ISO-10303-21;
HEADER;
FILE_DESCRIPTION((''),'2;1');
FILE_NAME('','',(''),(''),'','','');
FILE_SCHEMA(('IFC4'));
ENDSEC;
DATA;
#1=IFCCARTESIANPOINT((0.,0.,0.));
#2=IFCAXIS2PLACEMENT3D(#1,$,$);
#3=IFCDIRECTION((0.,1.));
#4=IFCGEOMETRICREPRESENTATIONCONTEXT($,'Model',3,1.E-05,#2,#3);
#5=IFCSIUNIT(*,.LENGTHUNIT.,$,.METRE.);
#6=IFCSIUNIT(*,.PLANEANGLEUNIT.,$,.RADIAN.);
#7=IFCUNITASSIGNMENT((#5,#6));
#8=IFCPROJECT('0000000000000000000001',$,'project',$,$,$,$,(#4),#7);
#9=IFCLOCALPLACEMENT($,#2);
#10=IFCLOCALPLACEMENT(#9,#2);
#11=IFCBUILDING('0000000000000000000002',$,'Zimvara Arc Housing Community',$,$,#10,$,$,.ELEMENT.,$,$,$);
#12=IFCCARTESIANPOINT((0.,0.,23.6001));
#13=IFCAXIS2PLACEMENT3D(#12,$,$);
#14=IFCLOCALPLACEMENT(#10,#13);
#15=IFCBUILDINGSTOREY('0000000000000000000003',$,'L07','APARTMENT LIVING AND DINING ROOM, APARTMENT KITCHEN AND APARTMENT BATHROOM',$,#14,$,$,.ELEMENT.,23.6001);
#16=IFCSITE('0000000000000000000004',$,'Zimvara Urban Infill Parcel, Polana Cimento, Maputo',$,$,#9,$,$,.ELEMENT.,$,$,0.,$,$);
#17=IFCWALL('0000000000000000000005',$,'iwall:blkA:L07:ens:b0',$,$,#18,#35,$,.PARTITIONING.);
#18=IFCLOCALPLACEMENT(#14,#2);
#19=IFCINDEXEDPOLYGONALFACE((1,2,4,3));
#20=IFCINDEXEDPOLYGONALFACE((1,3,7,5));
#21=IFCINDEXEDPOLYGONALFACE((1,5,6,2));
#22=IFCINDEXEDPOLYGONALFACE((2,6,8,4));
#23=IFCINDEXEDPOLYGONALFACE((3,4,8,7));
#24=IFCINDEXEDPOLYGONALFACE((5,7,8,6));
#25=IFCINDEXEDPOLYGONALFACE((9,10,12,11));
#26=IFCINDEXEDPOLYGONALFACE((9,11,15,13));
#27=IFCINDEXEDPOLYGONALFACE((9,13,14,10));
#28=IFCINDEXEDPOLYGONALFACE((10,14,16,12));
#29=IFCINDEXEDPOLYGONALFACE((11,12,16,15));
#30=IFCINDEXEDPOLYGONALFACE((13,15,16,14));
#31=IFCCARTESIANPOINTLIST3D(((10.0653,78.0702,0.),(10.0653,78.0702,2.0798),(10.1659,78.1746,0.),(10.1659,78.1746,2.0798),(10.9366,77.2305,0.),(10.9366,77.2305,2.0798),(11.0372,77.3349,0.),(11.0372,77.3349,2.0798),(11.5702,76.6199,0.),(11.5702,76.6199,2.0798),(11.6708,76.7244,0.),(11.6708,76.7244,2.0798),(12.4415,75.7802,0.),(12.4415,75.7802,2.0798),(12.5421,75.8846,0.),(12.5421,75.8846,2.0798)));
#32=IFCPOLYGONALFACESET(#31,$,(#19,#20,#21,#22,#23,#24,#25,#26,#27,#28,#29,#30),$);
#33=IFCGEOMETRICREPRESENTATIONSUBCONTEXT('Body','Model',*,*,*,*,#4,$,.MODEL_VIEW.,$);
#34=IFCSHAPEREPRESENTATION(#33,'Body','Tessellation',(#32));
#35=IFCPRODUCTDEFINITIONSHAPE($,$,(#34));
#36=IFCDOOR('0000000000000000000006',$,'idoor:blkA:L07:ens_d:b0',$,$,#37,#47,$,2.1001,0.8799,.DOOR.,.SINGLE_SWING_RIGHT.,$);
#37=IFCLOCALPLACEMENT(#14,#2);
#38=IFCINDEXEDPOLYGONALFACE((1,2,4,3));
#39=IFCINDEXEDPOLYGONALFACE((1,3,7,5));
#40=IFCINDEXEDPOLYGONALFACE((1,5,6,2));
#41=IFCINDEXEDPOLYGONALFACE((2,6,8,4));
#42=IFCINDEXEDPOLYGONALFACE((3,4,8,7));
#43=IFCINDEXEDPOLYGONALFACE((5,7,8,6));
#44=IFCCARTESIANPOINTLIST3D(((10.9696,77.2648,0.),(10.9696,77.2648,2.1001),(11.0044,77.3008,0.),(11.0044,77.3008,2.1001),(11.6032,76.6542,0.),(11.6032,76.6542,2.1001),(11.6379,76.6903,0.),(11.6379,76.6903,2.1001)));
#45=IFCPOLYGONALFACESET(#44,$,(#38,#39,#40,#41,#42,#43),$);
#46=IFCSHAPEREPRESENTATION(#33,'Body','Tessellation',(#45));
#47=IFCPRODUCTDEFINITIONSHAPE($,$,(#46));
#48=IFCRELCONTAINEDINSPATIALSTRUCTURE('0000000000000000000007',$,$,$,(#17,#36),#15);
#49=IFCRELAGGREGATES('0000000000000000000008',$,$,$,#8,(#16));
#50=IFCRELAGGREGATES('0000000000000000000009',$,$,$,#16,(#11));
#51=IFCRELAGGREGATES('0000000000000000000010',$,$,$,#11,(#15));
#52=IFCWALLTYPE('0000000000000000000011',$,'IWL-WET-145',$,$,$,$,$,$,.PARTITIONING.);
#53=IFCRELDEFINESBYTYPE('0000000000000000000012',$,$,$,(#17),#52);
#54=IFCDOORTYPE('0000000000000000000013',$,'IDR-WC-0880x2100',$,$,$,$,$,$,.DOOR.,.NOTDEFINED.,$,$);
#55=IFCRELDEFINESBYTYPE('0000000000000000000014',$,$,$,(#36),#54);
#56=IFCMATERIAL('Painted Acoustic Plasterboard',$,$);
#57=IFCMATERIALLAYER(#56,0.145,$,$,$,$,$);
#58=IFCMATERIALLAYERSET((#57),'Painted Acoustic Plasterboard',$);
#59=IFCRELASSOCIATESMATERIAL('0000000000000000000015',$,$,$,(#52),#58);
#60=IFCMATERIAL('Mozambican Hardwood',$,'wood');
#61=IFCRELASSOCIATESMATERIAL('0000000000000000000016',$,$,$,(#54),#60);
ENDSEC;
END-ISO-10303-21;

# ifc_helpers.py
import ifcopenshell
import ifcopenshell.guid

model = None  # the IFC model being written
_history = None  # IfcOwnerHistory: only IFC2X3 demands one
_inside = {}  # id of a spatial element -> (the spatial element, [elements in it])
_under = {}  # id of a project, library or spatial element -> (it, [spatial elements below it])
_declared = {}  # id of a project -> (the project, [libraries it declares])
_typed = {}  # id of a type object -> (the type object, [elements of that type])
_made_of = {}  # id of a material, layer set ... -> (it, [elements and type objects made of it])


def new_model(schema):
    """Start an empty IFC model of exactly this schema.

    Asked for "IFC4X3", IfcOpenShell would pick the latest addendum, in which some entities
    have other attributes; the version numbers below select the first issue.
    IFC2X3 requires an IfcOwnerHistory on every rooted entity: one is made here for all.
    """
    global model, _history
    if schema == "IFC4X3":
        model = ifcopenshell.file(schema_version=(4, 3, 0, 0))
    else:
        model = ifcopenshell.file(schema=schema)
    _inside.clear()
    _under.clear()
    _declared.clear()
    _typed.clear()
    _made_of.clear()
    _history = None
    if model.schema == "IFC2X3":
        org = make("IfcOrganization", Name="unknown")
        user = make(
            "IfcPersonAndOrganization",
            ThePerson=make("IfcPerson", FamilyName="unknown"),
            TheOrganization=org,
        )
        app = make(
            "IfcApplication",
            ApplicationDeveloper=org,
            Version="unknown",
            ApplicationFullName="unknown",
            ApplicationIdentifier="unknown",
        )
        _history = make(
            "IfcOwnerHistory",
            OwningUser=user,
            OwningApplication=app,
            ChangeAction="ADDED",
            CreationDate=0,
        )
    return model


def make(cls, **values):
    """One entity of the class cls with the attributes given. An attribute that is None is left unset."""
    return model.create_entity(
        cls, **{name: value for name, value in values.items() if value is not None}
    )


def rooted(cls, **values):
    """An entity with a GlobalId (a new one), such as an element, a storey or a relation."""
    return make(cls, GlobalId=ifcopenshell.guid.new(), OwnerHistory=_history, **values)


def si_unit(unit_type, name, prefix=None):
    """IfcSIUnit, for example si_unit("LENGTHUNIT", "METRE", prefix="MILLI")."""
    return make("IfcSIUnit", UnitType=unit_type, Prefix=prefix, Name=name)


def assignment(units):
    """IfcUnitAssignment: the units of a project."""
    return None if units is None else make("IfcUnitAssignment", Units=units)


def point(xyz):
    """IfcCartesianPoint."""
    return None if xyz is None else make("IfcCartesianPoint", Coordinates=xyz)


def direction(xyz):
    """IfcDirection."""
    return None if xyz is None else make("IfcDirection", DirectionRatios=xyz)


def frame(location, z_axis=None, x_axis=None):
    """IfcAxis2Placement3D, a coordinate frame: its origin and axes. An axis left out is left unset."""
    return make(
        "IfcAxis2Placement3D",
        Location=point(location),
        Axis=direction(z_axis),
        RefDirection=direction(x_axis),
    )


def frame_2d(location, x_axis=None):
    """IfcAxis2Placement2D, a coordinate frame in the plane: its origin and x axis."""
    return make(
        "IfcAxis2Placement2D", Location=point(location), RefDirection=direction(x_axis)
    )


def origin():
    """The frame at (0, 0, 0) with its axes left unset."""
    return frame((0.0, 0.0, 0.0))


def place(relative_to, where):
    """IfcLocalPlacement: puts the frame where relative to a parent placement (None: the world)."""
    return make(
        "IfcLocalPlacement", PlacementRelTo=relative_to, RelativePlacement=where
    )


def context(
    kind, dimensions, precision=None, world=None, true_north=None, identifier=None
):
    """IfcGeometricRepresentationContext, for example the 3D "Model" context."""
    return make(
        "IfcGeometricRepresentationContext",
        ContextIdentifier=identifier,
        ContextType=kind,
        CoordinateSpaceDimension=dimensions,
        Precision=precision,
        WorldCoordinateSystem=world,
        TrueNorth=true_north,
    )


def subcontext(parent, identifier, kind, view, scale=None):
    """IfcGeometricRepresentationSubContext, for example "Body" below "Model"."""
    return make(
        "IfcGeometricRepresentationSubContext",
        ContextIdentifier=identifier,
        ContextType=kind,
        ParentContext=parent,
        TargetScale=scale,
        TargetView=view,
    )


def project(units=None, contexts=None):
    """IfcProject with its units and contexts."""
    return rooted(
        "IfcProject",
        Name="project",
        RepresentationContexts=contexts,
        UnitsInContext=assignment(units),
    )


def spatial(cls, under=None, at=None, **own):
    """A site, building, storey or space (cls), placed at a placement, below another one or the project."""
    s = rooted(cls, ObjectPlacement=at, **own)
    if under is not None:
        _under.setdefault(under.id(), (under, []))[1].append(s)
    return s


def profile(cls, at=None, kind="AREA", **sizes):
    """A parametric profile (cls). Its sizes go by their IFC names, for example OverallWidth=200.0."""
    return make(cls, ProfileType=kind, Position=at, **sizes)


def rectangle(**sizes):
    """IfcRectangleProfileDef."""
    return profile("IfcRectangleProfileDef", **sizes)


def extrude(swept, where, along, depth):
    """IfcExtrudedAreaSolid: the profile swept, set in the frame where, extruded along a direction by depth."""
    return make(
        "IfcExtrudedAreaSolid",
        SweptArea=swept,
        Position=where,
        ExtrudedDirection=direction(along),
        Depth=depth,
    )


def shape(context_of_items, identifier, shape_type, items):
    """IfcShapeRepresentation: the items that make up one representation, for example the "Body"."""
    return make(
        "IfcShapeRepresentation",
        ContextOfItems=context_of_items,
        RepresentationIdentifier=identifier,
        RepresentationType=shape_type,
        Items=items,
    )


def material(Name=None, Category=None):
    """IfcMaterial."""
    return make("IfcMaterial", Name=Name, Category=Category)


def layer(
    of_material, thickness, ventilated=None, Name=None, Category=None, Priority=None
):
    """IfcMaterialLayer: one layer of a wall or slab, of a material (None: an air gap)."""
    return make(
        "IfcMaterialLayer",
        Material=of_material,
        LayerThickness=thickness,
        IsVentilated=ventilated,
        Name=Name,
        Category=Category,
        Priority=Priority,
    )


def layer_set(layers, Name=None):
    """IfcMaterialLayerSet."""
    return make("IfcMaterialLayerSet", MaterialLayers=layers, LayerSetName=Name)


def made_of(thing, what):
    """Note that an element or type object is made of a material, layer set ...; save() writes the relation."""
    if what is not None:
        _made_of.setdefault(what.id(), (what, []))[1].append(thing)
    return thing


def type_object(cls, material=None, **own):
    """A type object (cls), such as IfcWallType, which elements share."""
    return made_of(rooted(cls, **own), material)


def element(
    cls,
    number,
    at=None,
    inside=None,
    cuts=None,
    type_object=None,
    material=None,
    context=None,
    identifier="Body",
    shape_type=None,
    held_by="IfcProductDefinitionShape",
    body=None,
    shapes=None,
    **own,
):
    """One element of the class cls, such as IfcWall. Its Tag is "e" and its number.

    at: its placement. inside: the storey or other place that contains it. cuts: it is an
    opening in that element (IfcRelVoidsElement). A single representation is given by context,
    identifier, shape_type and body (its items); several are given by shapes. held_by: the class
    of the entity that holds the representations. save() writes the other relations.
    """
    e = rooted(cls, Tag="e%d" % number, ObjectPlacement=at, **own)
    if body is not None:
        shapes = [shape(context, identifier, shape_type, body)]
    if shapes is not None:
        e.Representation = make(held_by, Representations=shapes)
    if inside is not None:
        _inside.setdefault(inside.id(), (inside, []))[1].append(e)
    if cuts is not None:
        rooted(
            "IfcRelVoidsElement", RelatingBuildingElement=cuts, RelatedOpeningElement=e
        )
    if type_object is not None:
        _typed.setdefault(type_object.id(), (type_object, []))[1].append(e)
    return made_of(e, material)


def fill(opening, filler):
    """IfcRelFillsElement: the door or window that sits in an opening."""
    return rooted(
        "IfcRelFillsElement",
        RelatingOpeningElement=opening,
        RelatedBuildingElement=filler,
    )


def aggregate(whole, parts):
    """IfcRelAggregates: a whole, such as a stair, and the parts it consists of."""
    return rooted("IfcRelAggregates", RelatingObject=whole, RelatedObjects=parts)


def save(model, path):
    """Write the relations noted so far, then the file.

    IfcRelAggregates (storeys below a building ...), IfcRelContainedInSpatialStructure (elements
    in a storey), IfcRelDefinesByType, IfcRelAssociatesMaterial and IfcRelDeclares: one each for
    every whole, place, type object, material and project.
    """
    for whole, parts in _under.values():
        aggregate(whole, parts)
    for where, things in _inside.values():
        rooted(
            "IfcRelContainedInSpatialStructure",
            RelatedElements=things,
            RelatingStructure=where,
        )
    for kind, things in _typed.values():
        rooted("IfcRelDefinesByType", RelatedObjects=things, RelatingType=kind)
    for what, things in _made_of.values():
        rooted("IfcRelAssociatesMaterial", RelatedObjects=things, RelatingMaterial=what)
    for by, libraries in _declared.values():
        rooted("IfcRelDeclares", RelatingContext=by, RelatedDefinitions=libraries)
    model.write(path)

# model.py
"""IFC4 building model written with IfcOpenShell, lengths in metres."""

from ifc_helpers import new_model, si_unit, direction, frame, frame_2d, origin, place, context, subcontext, project, spatial, rectangle, extrude, material, layer, layer_set, type_object, element, fill, save


model = new_model("IFC4")

# Units and contexts
model_context = context("Model", 3, precision=1e-05, world=origin(), true_north=direction((0.0, 1.0)))
body_context = subcontext(model_context, "Body", "Model", "MODEL_VIEW")
ifc_project = project(units=[si_unit("LENGTHUNIT", "METRE"), si_unit("PLANEANGLEUNIT", "RADIAN")], contexts=[model_context])

# Site, building, storey
site_placement = place(None, origin())
site = spatial("IfcSite", under=ifc_project, at=site_placement, Name="Zimvara Urban Infill Parcel, Polana Cimento, Maputo", CompositionType="ELEMENT", RefElevation=0.0)
building_placement = place(site_placement, origin())
building = spatial("IfcBuilding", under=site, at=building_placement, Name="Zimvara Arc Housing Community", CompositionType="ELEMENT")
storey_placement = place(building_placement, frame((0.0, 0.0, 23.6001)))
storey = spatial("IfcBuildingStorey", under=building, at=storey_placement, Name="L07", Description="APARTMENT LIVING AND DINING ROOM, APARTMENT KITCHEN AND APARTMENT BATHROOM", CompositionType="ELEMENT", Elevation=23.6001)

# Wall, opening, door
ifc_material_1 = material(Name="Painted Acoustic Plasterboard")
ifc_layer_1 = layer(ifc_material_1, 0.145)
ifc_layer_set_1 = layer_set([ifc_layer_1], Name="Painted Acoustic Plasterboard")
wall_type_1 = type_object("IfcWallType", Name="IWL-WET-145", PredefinedType="PARTITIONING", material=ifc_layer_set_1)
wall_1_placement = place(storey_placement, frame((12.4917, 75.8325, 0.0), z_axis=(0.0, 0.0, 1.0), x_axis=(-0.720044, 0.693929, 0.0)))
wall_1 = element("IfcWall", 1, at=wall_1_placement, inside=storey, type_object=wall_type_1, Name="iwall:blkA:L07:ens:b0", PredefinedType="PARTITIONING", context=body_context, shape_type="SweptSolid", body=[
    extrude(rectangle(XDim=3.3, YDim=0.145, at=frame_2d((1.6499, 0.0))), origin(), (0.0, 0.0, 1.0), 2.0798),
])
opening_1_placement = place(wall_1_placement, frame((1.21, 0.0, 0.0)))
opening_1 = element("IfcOpeningElement", 2, at=opening_1_placement, cuts=wall_1, PredefinedType="OPENING", context=body_context, shape_type="SweptSolid", body=[
    extrude(rectangle(XDim=0.8799, YDim=2.1001, at=frame_2d((0.4399, 1.05))), frame((0.0, 0.0825, 0.0), z_axis=(0.0, -1.0, 0.0), x_axis=(1.0, 0.0, 0.0)), (0.0, 0.0, 1.0), 0.165),
])
ifc_material_2 = material(Name="Mozambican Hardwood", Category="wood")
door_type_1 = type_object("IfcDoorType", Name="IDR-WC-0880x2100", OperationType="NOTDEFINED", PredefinedType="DOOR", material=ifc_material_2)
door_1_placement = place(opening_1_placement, origin())
door_1 = element("IfcDoor", 3, at=door_1_placement, inside=storey, type_object=door_type_1, Name="idoor:blkA:L07:ens_d:b0", OperationType="SINGLE_SWING_RIGHT", OverallHeight=2.1001, OverallWidth=0.8799, PredefinedType="DOOR", context=body_context, shape_type="SweptSolid", body=[
    extrude(rectangle(XDim=0.8799, YDim=2.1001, at=frame_2d((0.4399, 1.05))), frame((0.0, 0.0249, 0.0), z_axis=(0.0, -1.0, 0.0), x_axis=(1.0, 0.0, 0.0)), (0.0, 0.0, 1.0), 0.05),
])
fill(opening_1, door_1)

save(model, "model.ifc")
